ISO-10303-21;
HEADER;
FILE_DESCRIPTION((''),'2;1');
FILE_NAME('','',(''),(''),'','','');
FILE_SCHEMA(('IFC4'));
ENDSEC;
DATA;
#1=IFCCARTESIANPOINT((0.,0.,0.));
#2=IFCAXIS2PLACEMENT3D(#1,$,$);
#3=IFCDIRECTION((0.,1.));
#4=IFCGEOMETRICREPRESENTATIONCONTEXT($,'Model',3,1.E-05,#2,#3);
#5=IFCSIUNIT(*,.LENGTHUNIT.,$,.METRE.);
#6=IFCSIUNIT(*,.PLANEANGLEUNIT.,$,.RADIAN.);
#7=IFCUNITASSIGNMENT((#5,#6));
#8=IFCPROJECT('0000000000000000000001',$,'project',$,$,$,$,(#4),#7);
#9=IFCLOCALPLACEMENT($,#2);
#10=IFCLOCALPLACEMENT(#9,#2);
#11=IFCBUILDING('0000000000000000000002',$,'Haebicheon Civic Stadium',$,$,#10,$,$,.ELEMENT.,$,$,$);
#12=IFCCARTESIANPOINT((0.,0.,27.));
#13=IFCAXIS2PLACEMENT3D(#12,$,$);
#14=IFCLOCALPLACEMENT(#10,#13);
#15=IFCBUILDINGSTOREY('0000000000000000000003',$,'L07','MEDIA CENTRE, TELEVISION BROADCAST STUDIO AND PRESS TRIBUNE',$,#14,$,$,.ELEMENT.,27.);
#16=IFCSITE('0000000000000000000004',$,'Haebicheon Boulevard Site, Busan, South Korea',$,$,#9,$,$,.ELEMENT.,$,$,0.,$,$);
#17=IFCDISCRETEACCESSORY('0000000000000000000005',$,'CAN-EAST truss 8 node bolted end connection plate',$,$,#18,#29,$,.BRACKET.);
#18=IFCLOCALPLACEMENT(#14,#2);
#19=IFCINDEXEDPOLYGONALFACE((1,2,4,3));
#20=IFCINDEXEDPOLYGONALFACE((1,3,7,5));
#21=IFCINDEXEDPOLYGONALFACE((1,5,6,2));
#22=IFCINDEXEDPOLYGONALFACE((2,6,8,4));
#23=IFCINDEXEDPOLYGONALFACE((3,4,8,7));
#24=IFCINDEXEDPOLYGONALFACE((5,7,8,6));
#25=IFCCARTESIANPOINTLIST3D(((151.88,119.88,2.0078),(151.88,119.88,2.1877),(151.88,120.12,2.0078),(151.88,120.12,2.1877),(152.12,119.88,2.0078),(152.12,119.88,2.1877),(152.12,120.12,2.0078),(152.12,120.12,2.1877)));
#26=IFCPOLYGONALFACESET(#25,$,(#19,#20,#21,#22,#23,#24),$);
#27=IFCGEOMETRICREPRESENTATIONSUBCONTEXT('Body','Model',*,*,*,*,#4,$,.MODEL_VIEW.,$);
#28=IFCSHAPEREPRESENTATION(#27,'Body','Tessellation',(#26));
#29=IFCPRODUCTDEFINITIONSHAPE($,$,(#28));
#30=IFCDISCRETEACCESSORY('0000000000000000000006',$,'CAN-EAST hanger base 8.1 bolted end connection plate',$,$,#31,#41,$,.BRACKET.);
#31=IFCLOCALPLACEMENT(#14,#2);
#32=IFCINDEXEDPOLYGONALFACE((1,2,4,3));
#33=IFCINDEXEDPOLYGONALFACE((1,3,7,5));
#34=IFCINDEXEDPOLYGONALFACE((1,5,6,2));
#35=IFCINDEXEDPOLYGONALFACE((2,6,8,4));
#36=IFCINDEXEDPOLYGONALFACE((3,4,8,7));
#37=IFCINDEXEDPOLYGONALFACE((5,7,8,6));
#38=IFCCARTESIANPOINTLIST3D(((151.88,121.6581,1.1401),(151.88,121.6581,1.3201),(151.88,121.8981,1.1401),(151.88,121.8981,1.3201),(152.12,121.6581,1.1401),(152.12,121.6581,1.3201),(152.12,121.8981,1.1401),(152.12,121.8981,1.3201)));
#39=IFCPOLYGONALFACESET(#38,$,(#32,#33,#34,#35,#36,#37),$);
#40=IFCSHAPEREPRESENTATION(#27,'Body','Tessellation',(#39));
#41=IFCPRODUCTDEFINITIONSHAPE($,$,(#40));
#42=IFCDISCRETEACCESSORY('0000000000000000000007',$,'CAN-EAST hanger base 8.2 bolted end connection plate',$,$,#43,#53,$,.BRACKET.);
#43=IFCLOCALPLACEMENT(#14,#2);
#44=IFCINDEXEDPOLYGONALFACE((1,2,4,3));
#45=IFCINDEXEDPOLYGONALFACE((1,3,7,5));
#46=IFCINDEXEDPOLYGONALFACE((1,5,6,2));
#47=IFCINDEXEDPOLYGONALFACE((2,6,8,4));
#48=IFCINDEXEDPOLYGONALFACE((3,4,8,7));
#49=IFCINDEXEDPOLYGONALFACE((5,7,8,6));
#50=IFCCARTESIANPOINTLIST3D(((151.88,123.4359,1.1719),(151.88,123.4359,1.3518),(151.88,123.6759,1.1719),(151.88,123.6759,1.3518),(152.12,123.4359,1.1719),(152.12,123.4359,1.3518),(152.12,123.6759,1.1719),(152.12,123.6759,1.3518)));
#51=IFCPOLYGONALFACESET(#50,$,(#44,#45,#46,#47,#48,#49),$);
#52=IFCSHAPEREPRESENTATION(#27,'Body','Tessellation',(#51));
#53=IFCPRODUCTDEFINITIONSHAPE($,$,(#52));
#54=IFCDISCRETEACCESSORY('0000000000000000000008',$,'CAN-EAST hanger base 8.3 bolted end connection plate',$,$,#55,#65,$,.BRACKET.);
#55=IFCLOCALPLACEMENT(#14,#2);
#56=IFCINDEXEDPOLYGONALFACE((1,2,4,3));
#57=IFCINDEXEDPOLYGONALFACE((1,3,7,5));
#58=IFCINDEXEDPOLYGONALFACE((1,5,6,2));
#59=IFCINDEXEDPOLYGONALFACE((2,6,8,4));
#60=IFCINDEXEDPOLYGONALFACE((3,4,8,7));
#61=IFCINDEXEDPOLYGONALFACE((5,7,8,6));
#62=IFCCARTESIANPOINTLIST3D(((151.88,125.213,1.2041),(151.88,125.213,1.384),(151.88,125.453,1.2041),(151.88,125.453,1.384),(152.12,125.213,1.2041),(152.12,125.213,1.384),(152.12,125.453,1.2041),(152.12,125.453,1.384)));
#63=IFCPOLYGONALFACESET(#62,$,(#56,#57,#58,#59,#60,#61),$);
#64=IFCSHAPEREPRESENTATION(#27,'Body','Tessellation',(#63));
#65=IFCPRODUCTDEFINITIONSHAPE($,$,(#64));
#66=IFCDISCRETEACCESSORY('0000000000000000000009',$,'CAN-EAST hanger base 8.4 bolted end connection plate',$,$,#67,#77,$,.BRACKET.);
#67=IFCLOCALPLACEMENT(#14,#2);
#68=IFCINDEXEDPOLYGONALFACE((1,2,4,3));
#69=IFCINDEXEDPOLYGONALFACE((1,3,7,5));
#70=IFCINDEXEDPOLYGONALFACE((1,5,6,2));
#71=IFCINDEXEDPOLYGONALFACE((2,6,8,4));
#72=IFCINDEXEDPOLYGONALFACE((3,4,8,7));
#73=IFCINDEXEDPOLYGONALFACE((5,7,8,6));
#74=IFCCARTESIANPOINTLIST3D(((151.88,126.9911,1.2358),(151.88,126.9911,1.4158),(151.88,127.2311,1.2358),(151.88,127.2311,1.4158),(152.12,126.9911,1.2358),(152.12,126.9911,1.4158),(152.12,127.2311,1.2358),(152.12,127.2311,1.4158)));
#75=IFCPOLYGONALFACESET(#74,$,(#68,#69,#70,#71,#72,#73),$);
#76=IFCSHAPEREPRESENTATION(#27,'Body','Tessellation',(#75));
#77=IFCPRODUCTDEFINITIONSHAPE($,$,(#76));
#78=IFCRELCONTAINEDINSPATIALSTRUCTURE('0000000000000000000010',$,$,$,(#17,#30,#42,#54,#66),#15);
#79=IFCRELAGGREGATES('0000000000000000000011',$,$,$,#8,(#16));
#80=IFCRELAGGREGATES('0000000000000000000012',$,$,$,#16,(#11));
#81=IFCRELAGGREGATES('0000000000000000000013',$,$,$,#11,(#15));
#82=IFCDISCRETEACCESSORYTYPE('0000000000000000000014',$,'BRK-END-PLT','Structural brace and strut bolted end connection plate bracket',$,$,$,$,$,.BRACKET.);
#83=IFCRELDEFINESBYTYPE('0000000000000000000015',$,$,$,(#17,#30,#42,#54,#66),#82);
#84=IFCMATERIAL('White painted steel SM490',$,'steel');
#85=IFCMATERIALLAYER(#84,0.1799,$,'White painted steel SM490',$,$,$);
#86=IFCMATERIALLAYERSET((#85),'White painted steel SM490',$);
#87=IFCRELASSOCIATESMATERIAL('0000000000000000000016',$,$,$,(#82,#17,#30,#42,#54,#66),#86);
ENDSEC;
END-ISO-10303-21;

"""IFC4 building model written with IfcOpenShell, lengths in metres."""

from ifc_helpers import new_model, si_unit, direction, frame, origin, origin_2d, place, context, subcontext, project, spatial, rectangle, extrude, material, layer, layer_set, type_object, element, save


model = new_model("IFC4")

# Units and contexts
model_context = context("Model", 3, precision=1e-05, world=origin(), true_north=direction((0.0, 1.0)))
body_context = subcontext(model_context, "Body", "Model", "MODEL_VIEW")
ifc_project = project(units=[si_unit("LENGTHUNIT", "METRE"), si_unit("PLANEANGLEUNIT", "RADIAN")], contexts=[model_context])

# Site, building, storey
site_placement = place(None, origin())
site = spatial("IfcSite", under=ifc_project, at=site_placement, Name="Haebicheon Boulevard Site, Busan, South Korea", CompositionType="ELEMENT", RefElevation=0.0)
building_placement = place(site_placement, origin())
building = spatial("IfcBuilding", under=site, at=building_placement, Name="Haebicheon Civic Stadium", CompositionType="ELEMENT")
storey_placement = place(building_placement, frame((0.0, 0.0, 27.0)))
storey = spatial("IfcBuildingStorey", under=building, at=storey_placement, Name="L07", Description="MEDIA CENTRE, TELEVISION BROADCAST STUDIO AND PRESS TRIBUNE", CompositionType="ELEMENT", Elevation=27.0)

# Discrete accessories
ifc_material_1 = material(Name="White painted steel SM490", Category="steel")
ifc_layer_1 = layer(ifc_material_1, 0.1799, Name="White painted steel SM490")
ifc_layer_set_1 = layer_set([ifc_layer_1], Name="White painted steel SM490")
discrete_accessory_type = type_object("IfcDiscreteAccessoryType", Name="BRK-END-PLT", Description="Structural brace and strut bolted end connection plate bracket", PredefinedType="BRACKET", material=ifc_layer_set_1)
for number, where, z_axis, x_axis, name in (
    (1, (152.0, 120.0, 2.0078), (0.0, 0.0, 1.0), (1.0, 0.0, 0.0), "CAN-EAST truss 8 node bolted end connection plate"),
    (2, (152.0, 121.7781, 1.1401), (0.0, 0.0, 1.0), (1.0, 0.0, 0.0), "CAN-EAST hanger base 8.1 bolted end connection plate"),
    (3, (152.0, 123.5559, 1.1719), (0.0, 0.0, 1.0), (1.0, 0.0, 0.0), "CAN-EAST hanger base 8.2 bolted end connection plate"),
    (4, (152.0, 125.333, 1.2041), (0.0, 0.0, 1.0), (1.0, 0.0, 0.0), "CAN-EAST hanger base 8.3 bolted end connection plate"),
    (5, (152.0, 127.1111, 1.2358), (0.0, 0.0, 1.0), (1.0, 0.0, 0.0), "CAN-EAST hanger base 8.4 bolted end connection plate"),
):
    element("IfcDiscreteAccessory", number, at=place(storey_placement, frame(where, z_axis=z_axis, x_axis=x_axis)), inside=storey, type_object=discrete_accessory_type, material=ifc_layer_set_1, Name=name, PredefinedType="BRACKET", context=body_context, shape_type="SweptSolid", body=[
        extrude(rectangle(XDim=0.24, YDim=0.24, at=origin_2d()), origin(), (0.0, 0.0, 1.0), 0.1799),
    ])

save(model, "model.ifc")
